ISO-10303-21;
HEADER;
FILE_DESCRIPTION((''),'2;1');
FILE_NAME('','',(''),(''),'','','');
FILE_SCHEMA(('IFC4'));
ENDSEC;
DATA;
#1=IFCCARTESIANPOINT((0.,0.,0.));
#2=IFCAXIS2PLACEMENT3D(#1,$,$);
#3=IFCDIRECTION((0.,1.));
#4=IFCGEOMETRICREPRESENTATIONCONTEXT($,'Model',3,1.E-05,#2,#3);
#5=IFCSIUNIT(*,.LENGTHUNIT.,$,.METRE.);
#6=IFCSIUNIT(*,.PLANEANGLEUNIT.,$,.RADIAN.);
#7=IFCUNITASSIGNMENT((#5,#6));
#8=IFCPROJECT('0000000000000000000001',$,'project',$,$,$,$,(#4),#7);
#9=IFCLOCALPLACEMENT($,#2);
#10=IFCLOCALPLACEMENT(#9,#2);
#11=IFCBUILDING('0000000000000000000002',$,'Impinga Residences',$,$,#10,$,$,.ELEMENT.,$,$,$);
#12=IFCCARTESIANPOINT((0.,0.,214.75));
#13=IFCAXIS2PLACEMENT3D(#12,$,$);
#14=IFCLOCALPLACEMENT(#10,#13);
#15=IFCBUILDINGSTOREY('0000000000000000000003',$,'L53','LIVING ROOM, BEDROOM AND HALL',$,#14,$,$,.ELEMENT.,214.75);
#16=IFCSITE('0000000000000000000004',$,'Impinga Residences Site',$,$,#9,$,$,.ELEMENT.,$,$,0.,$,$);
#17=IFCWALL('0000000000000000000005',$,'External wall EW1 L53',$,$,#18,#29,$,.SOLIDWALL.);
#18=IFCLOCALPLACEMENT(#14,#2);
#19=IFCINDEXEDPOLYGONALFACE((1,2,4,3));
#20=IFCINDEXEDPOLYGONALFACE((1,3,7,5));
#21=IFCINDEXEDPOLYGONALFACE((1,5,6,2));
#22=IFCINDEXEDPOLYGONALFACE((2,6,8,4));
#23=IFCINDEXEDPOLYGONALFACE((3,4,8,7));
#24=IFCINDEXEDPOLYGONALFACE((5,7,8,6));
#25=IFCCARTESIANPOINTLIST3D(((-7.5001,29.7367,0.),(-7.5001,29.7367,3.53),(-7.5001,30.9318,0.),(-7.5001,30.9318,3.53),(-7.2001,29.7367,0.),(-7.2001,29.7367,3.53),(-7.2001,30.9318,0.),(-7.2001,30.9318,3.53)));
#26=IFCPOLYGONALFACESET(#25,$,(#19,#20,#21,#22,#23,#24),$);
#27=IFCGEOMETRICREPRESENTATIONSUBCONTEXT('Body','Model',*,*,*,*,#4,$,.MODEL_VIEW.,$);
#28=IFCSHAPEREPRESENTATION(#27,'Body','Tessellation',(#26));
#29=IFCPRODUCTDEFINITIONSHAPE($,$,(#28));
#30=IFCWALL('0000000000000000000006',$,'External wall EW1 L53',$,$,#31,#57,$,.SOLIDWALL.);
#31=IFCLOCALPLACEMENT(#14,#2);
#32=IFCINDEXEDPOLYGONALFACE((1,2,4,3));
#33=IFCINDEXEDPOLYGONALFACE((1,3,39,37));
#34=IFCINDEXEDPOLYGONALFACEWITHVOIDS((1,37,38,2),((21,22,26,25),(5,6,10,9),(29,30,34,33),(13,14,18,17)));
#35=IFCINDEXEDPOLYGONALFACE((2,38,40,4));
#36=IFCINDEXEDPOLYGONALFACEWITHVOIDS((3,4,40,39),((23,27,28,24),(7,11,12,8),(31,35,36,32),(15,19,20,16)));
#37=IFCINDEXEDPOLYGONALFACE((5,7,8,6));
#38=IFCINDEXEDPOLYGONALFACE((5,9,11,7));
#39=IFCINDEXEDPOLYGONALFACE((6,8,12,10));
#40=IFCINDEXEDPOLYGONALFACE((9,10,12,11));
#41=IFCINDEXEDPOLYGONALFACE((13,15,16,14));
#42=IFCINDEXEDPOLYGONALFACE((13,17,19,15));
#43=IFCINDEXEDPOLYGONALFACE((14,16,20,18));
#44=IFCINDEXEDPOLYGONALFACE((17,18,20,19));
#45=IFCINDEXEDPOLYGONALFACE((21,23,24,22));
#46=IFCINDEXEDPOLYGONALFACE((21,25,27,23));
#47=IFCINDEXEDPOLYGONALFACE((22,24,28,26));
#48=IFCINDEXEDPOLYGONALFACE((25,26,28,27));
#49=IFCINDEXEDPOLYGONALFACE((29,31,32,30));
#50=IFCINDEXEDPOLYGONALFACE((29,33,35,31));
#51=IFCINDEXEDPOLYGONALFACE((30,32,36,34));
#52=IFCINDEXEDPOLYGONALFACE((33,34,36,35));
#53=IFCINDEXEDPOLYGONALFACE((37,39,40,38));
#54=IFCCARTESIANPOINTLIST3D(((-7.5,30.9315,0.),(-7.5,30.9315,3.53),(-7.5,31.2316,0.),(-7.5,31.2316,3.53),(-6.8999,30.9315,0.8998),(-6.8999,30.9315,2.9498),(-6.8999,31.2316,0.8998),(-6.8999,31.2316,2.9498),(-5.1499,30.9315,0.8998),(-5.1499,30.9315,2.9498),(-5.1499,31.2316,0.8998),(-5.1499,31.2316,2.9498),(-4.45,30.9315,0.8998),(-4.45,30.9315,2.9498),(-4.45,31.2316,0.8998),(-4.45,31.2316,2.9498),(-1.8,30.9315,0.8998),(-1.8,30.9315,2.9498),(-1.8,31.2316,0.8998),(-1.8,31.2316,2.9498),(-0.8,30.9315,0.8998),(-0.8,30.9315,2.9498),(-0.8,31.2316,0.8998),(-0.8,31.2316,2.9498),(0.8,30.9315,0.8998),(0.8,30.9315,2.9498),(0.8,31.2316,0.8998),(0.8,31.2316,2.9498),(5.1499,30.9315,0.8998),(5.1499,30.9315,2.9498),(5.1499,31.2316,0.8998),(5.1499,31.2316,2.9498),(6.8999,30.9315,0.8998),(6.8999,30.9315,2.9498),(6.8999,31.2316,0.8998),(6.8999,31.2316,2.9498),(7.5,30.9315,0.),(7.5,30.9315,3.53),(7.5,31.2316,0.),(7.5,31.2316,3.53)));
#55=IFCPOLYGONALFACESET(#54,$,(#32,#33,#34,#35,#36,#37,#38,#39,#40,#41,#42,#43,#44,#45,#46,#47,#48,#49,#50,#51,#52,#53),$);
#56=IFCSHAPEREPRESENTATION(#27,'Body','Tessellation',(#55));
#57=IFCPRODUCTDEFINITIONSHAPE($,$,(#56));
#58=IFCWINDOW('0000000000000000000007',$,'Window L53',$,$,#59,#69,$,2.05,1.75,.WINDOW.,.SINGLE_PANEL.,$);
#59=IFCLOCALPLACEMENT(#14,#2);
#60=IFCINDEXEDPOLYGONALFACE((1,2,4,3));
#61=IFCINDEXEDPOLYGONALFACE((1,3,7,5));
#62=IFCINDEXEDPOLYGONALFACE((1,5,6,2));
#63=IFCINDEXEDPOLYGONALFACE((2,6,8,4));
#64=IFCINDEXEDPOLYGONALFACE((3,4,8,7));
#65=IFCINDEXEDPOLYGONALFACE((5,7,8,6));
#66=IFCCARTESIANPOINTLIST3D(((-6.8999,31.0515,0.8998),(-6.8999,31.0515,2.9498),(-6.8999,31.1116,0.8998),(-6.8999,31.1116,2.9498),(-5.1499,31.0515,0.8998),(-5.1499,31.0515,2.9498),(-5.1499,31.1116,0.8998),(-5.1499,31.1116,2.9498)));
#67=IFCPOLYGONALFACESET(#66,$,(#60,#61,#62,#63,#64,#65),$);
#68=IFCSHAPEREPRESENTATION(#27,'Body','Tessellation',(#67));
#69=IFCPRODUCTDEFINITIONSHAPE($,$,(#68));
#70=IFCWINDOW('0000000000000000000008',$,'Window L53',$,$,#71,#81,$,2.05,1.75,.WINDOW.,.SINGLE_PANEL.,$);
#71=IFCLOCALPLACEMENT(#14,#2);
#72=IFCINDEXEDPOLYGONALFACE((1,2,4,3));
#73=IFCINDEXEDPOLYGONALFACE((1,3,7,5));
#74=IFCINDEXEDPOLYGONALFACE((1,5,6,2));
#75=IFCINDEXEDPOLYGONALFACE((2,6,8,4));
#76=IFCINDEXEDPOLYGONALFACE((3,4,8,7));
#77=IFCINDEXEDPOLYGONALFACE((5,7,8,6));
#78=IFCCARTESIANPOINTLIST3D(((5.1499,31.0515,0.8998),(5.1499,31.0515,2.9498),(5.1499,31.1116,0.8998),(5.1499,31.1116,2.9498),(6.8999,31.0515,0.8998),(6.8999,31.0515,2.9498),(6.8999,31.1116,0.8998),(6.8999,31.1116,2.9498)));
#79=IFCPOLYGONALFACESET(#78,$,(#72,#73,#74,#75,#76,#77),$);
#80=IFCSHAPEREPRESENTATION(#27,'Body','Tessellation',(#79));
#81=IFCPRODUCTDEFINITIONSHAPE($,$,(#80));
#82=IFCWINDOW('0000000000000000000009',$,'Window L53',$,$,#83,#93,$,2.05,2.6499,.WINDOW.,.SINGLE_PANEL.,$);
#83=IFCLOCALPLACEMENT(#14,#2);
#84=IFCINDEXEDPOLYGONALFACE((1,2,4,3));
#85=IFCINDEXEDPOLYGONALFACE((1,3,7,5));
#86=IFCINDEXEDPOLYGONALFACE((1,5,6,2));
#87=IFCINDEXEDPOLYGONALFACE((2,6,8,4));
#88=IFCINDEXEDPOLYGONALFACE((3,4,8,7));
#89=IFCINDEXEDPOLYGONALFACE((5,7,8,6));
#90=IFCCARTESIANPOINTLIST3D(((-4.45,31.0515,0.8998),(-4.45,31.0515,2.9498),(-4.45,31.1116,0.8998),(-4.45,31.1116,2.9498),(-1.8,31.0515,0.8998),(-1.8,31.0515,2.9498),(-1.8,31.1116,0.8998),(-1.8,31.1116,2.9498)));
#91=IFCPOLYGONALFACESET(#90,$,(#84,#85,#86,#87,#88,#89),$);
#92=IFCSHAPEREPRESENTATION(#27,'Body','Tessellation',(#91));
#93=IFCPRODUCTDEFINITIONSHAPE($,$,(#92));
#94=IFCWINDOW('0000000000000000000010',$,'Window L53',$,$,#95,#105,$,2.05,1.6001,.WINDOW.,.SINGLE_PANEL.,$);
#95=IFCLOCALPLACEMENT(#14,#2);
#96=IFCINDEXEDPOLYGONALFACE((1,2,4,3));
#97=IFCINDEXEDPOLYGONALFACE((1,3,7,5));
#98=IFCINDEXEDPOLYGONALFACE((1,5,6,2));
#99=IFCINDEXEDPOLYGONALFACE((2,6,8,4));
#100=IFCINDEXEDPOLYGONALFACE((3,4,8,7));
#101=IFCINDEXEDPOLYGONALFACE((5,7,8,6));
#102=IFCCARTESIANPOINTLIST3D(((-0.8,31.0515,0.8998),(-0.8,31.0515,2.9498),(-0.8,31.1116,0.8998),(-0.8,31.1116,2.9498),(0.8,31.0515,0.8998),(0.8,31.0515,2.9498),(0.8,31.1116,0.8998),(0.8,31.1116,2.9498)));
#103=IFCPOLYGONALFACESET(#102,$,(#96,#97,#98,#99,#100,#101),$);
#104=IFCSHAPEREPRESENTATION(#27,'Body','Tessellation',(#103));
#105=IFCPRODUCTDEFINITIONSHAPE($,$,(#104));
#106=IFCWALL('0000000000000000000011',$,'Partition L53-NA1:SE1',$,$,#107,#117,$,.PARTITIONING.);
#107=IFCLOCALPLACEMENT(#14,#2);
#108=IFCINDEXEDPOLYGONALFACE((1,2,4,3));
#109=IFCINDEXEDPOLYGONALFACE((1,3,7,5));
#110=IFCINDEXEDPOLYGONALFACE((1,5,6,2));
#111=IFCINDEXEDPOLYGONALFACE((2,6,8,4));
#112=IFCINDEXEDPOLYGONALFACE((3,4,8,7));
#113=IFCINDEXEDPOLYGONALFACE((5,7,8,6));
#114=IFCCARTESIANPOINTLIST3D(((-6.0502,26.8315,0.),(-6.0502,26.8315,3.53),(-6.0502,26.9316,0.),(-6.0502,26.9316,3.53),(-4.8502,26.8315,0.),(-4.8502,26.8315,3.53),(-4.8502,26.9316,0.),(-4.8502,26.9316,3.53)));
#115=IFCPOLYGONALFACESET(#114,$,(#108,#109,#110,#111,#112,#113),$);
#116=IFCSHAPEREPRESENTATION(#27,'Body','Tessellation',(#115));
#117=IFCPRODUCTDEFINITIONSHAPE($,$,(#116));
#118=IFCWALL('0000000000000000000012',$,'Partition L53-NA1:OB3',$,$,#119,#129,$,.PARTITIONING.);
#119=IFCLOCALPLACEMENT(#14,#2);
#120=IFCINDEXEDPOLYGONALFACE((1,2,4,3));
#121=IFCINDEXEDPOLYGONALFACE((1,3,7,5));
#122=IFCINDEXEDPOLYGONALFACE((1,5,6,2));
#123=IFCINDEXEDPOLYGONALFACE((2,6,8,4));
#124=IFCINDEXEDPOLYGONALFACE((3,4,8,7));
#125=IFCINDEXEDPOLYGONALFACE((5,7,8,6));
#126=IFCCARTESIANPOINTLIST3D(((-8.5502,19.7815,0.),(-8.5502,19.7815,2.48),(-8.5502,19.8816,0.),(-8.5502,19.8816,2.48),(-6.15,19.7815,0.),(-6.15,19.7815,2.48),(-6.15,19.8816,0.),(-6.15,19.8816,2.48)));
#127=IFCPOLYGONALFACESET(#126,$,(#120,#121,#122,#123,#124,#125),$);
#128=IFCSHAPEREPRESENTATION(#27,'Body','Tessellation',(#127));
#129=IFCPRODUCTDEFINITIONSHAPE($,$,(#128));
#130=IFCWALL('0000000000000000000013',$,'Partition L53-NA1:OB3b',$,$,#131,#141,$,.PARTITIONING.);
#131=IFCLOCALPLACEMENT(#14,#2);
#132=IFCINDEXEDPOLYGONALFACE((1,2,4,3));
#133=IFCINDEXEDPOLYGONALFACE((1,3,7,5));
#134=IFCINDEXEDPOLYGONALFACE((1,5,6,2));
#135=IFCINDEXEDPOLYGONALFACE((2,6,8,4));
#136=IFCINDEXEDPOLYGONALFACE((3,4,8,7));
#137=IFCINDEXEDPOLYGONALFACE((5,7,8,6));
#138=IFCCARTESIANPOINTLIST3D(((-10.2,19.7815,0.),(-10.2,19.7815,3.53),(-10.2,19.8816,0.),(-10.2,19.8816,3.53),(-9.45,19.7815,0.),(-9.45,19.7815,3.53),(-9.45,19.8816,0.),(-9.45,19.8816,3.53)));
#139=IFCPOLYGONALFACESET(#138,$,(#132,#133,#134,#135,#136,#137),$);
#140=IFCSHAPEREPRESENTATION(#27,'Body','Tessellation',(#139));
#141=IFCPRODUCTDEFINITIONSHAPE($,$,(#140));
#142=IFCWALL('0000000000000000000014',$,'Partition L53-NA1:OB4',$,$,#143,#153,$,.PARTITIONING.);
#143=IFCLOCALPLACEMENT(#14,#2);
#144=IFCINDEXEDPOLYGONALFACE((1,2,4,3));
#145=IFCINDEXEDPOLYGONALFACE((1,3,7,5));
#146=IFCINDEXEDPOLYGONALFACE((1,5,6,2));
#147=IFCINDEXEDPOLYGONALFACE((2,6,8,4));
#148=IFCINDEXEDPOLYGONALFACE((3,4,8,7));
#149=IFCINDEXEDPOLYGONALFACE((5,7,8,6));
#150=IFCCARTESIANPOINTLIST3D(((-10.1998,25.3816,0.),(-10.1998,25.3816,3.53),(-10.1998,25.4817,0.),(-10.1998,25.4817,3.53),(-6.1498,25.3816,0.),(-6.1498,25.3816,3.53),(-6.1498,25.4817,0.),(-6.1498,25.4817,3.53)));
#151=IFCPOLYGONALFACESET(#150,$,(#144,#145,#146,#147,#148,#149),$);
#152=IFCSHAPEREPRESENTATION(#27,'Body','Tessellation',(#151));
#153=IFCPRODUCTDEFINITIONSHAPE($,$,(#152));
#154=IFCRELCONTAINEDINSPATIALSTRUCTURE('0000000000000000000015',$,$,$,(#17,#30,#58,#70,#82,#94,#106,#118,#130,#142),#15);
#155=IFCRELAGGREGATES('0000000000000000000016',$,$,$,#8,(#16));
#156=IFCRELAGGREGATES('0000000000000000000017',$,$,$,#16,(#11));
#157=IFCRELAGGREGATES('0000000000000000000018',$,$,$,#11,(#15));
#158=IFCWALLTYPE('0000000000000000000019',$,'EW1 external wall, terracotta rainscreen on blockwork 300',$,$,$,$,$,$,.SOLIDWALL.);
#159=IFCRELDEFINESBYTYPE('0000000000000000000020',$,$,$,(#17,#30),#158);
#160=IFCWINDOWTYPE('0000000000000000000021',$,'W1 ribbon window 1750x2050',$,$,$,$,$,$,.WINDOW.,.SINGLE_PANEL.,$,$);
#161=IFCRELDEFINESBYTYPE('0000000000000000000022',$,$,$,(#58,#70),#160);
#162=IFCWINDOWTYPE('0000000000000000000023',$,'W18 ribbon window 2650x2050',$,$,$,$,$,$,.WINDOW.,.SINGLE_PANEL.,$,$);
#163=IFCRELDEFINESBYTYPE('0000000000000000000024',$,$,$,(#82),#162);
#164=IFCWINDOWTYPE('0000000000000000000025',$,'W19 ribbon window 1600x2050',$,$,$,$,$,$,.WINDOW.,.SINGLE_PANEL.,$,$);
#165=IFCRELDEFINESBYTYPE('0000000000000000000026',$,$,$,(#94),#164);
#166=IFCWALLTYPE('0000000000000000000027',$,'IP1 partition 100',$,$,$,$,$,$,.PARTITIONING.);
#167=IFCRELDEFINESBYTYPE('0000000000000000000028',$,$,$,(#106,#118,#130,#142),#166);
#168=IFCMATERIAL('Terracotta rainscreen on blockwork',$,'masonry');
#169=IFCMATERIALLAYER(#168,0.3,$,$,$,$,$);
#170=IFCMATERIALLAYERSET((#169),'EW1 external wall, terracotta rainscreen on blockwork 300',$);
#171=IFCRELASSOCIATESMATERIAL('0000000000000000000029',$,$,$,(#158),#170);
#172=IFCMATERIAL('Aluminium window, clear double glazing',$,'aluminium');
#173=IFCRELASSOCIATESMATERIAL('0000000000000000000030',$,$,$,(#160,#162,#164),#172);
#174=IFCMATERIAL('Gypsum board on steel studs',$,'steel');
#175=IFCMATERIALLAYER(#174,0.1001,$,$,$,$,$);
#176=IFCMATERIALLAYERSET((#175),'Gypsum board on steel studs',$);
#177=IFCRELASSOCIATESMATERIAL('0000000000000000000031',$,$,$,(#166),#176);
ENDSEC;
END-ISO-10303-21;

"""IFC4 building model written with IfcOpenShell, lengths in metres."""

from ifc_helpers import new_model, si_unit, direction, frame, frame_2d, origin, place, context, subcontext, project, spatial, rectangle, extrude, material, layer, layer_set, type_object, element, fill, save


model = new_model("IFC4")

# Units and contexts
model_context = context("Model", 3, precision=1e-05, world=origin(), true_north=direction((0.0, 1.0)))
body_context = subcontext(model_context, "Body", "Model", "MODEL_VIEW")
ifc_project = project(units=[si_unit("LENGTHUNIT", "METRE"), si_unit("PLANEANGLEUNIT", "RADIAN")], contexts=[model_context])

# Site, building, storey
site_placement = place(None, origin())
site = spatial("IfcSite", under=ifc_project, at=site_placement, Name="Impinga Residences Site", CompositionType="ELEMENT", RefElevation=0.0)
building_placement = place(site_placement, origin())
building = spatial("IfcBuilding", under=site, at=building_placement, Name="Impinga Residences", CompositionType="ELEMENT")
storey_placement = place(building_placement, frame((0.0, 0.0, 214.75)))
storey = spatial("IfcBuildingStorey", under=building, at=storey_placement, Name="L53", Description="LIVING ROOM, BEDROOM AND HALL", CompositionType="ELEMENT", Elevation=214.75)

# Wall
ifc_material_1 = material(Name="Terracotta rainscreen on blockwork", Category="masonry")
ifc_layer_1 = layer(ifc_material_1, 0.3)
ifc_layer_set_1 = layer_set([ifc_layer_1], Name="EW1 external wall, terracotta rainscreen on blockwork 300")
wall_type_1 = type_object("IfcWallType", Name="EW1 external wall, terracotta rainscreen on blockwork 300", PredefinedType="SOLIDWALL", material=ifc_layer_set_1)
wall_1_placement = place(storey_placement, frame((-7.3501, 29.7366, 0.0), z_axis=(0.0, 0.0, 1.0), x_axis=(0.0, 1.0, 0.0)))
element("IfcWall", 1, at=wall_1_placement, inside=storey, type_object=wall_type_1, Name="External wall EW1 L53", PredefinedType="SOLIDWALL", context=body_context, shape_type="SweptSolid", body=[
    extrude(rectangle(XDim=1.1951, YDim=0.3, at=frame_2d((0.5977, 0.0))), origin(), (0.0, 0.0, 1.0), 3.53),
])

# Wall, openings, windows
wall_2_placement = place(storey_placement, frame((-7.5, 31.0815, 0.0), z_axis=(0.0, 0.0, 1.0), x_axis=(1.0, 0.0, 0.0)))
wall_2 = element("IfcWall", 2, at=wall_2_placement, inside=storey, type_object=wall_type_1, Name="External wall EW1 L53", PredefinedType="SOLIDWALL", context=body_context, shape_type="SweptSolid", body=[
    extrude(rectangle(XDim=15.0, YDim=0.3, at=frame_2d((7.5, 0.0))), origin(), (0.0, 0.0, 1.0), 3.53),
])
opening_1_placement = place(wall_2_placement, frame((0.6001, 0.0, 0.8999)))
opening_1 = element("IfcOpeningElement", 3, at=opening_1_placement, cuts=wall_2, PredefinedType="OPENING", context=body_context, shape_type="SweptSolid", body=[
    extrude(rectangle(XDim=1.75, YDim=2.05, at=frame_2d((0.875, 1.0249))), frame((0.0, 0.1599, 0.0), z_axis=(0.0, -1.0, 0.0), x_axis=(1.0, 0.0, 0.0)), (0.0, 0.0, 1.0), 0.3201),
])
opening_2_placement = place(wall_2_placement, frame((3.05, 0.0, 0.8999)))
opening_2 = element("IfcOpeningElement", 4, at=opening_2_placement, cuts=wall_2, PredefinedType="OPENING", context=body_context, shape_type="SweptSolid", body=[
    extrude(rectangle(XDim=2.6499, YDim=2.05, at=frame_2d((1.325, 1.0249))), frame((0.0, 0.1599, 0.0), z_axis=(0.0, -1.0, 0.0), x_axis=(1.0, 0.0, 0.0)), (0.0, 0.0, 1.0), 0.3201),
])
opening_3_placement = place(wall_2_placement, frame((6.7, 0.0, 0.8999)))
opening_3 = element("IfcOpeningElement", 5, at=opening_3_placement, cuts=wall_2, PredefinedType="OPENING", context=body_context, shape_type="SweptSolid", body=[
    extrude(rectangle(XDim=1.6001, YDim=2.05, at=frame_2d((0.8, 1.0249))), frame((0.0, 0.1599, 0.0), z_axis=(0.0, -1.0, 0.0), x_axis=(1.0, 0.0, 0.0)), (0.0, 0.0, 1.0), 0.3201),
])
opening_4_placement = place(wall_2_placement, frame((12.6499, 0.0, 0.8999)))
opening_4 = element("IfcOpeningElement", 6, at=opening_4_placement, cuts=wall_2, PredefinedType="OPENING", context=body_context, shape_type="SweptSolid", body=[
    extrude(rectangle(XDim=1.75, YDim=2.05, at=frame_2d((0.875, 1.0249))), frame((0.0, 0.1599, 0.0), z_axis=(0.0, -1.0, 0.0), x_axis=(1.0, 0.0, 0.0)), (0.0, 0.0, 1.0), 0.3201),
])
ifc_material_2 = material(Name="Aluminium window, clear double glazing", Category="aluminium")
window_type_1 = type_object("IfcWindowType", Name="W1 ribbon window 1750x2050", PartitioningType="SINGLE_PANEL", PredefinedType="WINDOW", material=ifc_material_2)
window_1_placement = place(opening_1_placement, origin())
window_1 = element("IfcWindow", 7, at=window_1_placement, inside=storey, type_object=window_type_1, Name="Window L53", OverallHeight=2.05, OverallWidth=1.75, PartitioningType="SINGLE_PANEL", PredefinedType="WINDOW", context=body_context, shape_type="SweptSolid", body=[
    extrude(rectangle(XDim=1.75, YDim=2.05, at=frame_2d((0.875, 1.0249))), frame((0.0, 0.03, 0.0), z_axis=(0.0, -1.0, 0.0), x_axis=(1.0, 0.0, 0.0)), (0.0, 0.0, 1.0), 0.0601),
])
fill(opening_1, window_1)
window_2_placement = place(opening_4_placement, origin())
window_2 = element("IfcWindow", 8, at=window_2_placement, inside=storey, type_object=window_type_1, Name="Window L53", OverallHeight=2.05, OverallWidth=1.75, PartitioningType="SINGLE_PANEL", PredefinedType="WINDOW", context=body_context, shape_type="SweptSolid", body=[
    extrude(rectangle(XDim=1.75, YDim=2.05, at=frame_2d((0.875, 1.0249))), frame((0.0, 0.03, 0.0), z_axis=(0.0, -1.0, 0.0), x_axis=(1.0, 0.0, 0.0)), (0.0, 0.0, 1.0), 0.0601),
])
fill(opening_4, window_2)
window_type_2 = type_object("IfcWindowType", Name="W18 ribbon window 2650x2050", PartitioningType="SINGLE_PANEL", PredefinedType="WINDOW", material=ifc_material_2)
window_3_placement = place(opening_2_placement, origin())
window_3 = element("IfcWindow", 9, at=window_3_placement, inside=storey, type_object=window_type_2, Name="Window L53", OverallHeight=2.05, OverallWidth=2.6499, PartitioningType="SINGLE_PANEL", PredefinedType="WINDOW", context=body_context, shape_type="SweptSolid", body=[
    extrude(rectangle(XDim=2.6499, YDim=2.05, at=frame_2d((1.325, 1.0249))), frame((0.0, 0.03, 0.0), z_axis=(0.0, -1.0, 0.0), x_axis=(1.0, 0.0, 0.0)), (0.0, 0.0, 1.0), 0.0601),
])
fill(opening_2, window_3)
window_type_3 = type_object("IfcWindowType", Name="W19 ribbon window 1600x2050", PartitioningType="SINGLE_PANEL", PredefinedType="WINDOW", material=ifc_material_2)
window_4_placement = place(opening_3_placement, origin())
window_4 = element("IfcWindow", 10, at=window_4_placement, inside=storey, type_object=window_type_3, Name="Window L53", OverallHeight=2.05, OverallWidth=1.6001, PartitioningType="SINGLE_PANEL", PredefinedType="WINDOW", context=body_context, shape_type="SweptSolid", body=[
    extrude(rectangle(XDim=1.6001, YDim=2.05, at=frame_2d((0.8, 1.0249))), frame((0.0, 0.03, 0.0), z_axis=(0.0, -1.0, 0.0), x_axis=(1.0, 0.0, 0.0)), (0.0, 0.0, 1.0), 0.0601),
])
fill(opening_3, window_4)

# Walls
ifc_material_3 = material(Name="Gypsum board on steel studs", Category="steel")
ifc_layer_2 = layer(ifc_material_3, 0.1001)
ifc_layer_set_2 = layer_set([ifc_layer_2], Name="Gypsum board on steel studs")
wall_type_2 = type_object("IfcWallType", Name="IP1 partition 100", PredefinedType="PARTITIONING", material=ifc_layer_set_2)
wall_3_placement = place(storey_placement, frame((-4.8501, 26.8816, 0.0), z_axis=(0.0, 0.0, 1.0), x_axis=(-1.0, 0.0, 0.0)))
element("IfcWall", 11, at=wall_3_placement, inside=storey, type_object=wall_type_2, Name="Partition L53-NA1:SE1", PredefinedType="PARTITIONING", context=body_context, shape_type="SweptSolid", body=[
    extrude(rectangle(XDim=1.2, YDim=0.1001, at=frame_2d((0.6001, 0.0))), origin(), (0.0, 0.0, 1.0), 3.53),
])
wall_4_placement = place(storey_placement, frame((-6.1499, 19.8315, 0.0), z_axis=(0.0, 0.0, 1.0), x_axis=(-1.0, 0.0, 0.0)))
element("IfcWall", 12, at=wall_4_placement, inside=storey, type_object=wall_type_2, Name="Partition L53-NA1:OB3", PredefinedType="PARTITIONING", context=body_context, shape_type="SweptSolid", body=[
    extrude(rectangle(XDim=2.4001, YDim=0.1001, at=frame_2d((1.2002, 0.0))), origin(), (0.0, 0.0, 1.0), 2.48),
])
wall_5_placement = place(storey_placement, frame((-9.45, 19.8315, 0.0), z_axis=(0.0, 0.0, 1.0), x_axis=(-1.0, 0.0, 0.0)))
element("IfcWall", 13, at=wall_5_placement, inside=storey, type_object=wall_type_2, Name="Partition L53-NA1:OB3b", PredefinedType="PARTITIONING", context=body_context, shape_type="SweptSolid", body=[
    extrude(rectangle(XDim=0.75, YDim=0.1001, at=frame_2d((0.375, 0.0))), origin(), (0.0, 0.0, 1.0), 3.53),
])
wall_6_placement = place(storey_placement, frame((-6.1499, 25.4316, 0.0), z_axis=(0.0, 0.0, 1.0), x_axis=(-1.0, 0.0, 0.0)))
element("IfcWall", 14, at=wall_6_placement, inside=storey, type_object=wall_type_2, Name="Partition L53-NA1:OB4", PredefinedType="PARTITIONING", context=body_context, shape_type="SweptSolid", body=[
    extrude(rectangle(XDim=4.05, YDim=0.1001, at=frame_2d((2.0249, 0.0))), origin(), (0.0, 0.0, 1.0), 3.53),
])

save(model, "model.ifc")
